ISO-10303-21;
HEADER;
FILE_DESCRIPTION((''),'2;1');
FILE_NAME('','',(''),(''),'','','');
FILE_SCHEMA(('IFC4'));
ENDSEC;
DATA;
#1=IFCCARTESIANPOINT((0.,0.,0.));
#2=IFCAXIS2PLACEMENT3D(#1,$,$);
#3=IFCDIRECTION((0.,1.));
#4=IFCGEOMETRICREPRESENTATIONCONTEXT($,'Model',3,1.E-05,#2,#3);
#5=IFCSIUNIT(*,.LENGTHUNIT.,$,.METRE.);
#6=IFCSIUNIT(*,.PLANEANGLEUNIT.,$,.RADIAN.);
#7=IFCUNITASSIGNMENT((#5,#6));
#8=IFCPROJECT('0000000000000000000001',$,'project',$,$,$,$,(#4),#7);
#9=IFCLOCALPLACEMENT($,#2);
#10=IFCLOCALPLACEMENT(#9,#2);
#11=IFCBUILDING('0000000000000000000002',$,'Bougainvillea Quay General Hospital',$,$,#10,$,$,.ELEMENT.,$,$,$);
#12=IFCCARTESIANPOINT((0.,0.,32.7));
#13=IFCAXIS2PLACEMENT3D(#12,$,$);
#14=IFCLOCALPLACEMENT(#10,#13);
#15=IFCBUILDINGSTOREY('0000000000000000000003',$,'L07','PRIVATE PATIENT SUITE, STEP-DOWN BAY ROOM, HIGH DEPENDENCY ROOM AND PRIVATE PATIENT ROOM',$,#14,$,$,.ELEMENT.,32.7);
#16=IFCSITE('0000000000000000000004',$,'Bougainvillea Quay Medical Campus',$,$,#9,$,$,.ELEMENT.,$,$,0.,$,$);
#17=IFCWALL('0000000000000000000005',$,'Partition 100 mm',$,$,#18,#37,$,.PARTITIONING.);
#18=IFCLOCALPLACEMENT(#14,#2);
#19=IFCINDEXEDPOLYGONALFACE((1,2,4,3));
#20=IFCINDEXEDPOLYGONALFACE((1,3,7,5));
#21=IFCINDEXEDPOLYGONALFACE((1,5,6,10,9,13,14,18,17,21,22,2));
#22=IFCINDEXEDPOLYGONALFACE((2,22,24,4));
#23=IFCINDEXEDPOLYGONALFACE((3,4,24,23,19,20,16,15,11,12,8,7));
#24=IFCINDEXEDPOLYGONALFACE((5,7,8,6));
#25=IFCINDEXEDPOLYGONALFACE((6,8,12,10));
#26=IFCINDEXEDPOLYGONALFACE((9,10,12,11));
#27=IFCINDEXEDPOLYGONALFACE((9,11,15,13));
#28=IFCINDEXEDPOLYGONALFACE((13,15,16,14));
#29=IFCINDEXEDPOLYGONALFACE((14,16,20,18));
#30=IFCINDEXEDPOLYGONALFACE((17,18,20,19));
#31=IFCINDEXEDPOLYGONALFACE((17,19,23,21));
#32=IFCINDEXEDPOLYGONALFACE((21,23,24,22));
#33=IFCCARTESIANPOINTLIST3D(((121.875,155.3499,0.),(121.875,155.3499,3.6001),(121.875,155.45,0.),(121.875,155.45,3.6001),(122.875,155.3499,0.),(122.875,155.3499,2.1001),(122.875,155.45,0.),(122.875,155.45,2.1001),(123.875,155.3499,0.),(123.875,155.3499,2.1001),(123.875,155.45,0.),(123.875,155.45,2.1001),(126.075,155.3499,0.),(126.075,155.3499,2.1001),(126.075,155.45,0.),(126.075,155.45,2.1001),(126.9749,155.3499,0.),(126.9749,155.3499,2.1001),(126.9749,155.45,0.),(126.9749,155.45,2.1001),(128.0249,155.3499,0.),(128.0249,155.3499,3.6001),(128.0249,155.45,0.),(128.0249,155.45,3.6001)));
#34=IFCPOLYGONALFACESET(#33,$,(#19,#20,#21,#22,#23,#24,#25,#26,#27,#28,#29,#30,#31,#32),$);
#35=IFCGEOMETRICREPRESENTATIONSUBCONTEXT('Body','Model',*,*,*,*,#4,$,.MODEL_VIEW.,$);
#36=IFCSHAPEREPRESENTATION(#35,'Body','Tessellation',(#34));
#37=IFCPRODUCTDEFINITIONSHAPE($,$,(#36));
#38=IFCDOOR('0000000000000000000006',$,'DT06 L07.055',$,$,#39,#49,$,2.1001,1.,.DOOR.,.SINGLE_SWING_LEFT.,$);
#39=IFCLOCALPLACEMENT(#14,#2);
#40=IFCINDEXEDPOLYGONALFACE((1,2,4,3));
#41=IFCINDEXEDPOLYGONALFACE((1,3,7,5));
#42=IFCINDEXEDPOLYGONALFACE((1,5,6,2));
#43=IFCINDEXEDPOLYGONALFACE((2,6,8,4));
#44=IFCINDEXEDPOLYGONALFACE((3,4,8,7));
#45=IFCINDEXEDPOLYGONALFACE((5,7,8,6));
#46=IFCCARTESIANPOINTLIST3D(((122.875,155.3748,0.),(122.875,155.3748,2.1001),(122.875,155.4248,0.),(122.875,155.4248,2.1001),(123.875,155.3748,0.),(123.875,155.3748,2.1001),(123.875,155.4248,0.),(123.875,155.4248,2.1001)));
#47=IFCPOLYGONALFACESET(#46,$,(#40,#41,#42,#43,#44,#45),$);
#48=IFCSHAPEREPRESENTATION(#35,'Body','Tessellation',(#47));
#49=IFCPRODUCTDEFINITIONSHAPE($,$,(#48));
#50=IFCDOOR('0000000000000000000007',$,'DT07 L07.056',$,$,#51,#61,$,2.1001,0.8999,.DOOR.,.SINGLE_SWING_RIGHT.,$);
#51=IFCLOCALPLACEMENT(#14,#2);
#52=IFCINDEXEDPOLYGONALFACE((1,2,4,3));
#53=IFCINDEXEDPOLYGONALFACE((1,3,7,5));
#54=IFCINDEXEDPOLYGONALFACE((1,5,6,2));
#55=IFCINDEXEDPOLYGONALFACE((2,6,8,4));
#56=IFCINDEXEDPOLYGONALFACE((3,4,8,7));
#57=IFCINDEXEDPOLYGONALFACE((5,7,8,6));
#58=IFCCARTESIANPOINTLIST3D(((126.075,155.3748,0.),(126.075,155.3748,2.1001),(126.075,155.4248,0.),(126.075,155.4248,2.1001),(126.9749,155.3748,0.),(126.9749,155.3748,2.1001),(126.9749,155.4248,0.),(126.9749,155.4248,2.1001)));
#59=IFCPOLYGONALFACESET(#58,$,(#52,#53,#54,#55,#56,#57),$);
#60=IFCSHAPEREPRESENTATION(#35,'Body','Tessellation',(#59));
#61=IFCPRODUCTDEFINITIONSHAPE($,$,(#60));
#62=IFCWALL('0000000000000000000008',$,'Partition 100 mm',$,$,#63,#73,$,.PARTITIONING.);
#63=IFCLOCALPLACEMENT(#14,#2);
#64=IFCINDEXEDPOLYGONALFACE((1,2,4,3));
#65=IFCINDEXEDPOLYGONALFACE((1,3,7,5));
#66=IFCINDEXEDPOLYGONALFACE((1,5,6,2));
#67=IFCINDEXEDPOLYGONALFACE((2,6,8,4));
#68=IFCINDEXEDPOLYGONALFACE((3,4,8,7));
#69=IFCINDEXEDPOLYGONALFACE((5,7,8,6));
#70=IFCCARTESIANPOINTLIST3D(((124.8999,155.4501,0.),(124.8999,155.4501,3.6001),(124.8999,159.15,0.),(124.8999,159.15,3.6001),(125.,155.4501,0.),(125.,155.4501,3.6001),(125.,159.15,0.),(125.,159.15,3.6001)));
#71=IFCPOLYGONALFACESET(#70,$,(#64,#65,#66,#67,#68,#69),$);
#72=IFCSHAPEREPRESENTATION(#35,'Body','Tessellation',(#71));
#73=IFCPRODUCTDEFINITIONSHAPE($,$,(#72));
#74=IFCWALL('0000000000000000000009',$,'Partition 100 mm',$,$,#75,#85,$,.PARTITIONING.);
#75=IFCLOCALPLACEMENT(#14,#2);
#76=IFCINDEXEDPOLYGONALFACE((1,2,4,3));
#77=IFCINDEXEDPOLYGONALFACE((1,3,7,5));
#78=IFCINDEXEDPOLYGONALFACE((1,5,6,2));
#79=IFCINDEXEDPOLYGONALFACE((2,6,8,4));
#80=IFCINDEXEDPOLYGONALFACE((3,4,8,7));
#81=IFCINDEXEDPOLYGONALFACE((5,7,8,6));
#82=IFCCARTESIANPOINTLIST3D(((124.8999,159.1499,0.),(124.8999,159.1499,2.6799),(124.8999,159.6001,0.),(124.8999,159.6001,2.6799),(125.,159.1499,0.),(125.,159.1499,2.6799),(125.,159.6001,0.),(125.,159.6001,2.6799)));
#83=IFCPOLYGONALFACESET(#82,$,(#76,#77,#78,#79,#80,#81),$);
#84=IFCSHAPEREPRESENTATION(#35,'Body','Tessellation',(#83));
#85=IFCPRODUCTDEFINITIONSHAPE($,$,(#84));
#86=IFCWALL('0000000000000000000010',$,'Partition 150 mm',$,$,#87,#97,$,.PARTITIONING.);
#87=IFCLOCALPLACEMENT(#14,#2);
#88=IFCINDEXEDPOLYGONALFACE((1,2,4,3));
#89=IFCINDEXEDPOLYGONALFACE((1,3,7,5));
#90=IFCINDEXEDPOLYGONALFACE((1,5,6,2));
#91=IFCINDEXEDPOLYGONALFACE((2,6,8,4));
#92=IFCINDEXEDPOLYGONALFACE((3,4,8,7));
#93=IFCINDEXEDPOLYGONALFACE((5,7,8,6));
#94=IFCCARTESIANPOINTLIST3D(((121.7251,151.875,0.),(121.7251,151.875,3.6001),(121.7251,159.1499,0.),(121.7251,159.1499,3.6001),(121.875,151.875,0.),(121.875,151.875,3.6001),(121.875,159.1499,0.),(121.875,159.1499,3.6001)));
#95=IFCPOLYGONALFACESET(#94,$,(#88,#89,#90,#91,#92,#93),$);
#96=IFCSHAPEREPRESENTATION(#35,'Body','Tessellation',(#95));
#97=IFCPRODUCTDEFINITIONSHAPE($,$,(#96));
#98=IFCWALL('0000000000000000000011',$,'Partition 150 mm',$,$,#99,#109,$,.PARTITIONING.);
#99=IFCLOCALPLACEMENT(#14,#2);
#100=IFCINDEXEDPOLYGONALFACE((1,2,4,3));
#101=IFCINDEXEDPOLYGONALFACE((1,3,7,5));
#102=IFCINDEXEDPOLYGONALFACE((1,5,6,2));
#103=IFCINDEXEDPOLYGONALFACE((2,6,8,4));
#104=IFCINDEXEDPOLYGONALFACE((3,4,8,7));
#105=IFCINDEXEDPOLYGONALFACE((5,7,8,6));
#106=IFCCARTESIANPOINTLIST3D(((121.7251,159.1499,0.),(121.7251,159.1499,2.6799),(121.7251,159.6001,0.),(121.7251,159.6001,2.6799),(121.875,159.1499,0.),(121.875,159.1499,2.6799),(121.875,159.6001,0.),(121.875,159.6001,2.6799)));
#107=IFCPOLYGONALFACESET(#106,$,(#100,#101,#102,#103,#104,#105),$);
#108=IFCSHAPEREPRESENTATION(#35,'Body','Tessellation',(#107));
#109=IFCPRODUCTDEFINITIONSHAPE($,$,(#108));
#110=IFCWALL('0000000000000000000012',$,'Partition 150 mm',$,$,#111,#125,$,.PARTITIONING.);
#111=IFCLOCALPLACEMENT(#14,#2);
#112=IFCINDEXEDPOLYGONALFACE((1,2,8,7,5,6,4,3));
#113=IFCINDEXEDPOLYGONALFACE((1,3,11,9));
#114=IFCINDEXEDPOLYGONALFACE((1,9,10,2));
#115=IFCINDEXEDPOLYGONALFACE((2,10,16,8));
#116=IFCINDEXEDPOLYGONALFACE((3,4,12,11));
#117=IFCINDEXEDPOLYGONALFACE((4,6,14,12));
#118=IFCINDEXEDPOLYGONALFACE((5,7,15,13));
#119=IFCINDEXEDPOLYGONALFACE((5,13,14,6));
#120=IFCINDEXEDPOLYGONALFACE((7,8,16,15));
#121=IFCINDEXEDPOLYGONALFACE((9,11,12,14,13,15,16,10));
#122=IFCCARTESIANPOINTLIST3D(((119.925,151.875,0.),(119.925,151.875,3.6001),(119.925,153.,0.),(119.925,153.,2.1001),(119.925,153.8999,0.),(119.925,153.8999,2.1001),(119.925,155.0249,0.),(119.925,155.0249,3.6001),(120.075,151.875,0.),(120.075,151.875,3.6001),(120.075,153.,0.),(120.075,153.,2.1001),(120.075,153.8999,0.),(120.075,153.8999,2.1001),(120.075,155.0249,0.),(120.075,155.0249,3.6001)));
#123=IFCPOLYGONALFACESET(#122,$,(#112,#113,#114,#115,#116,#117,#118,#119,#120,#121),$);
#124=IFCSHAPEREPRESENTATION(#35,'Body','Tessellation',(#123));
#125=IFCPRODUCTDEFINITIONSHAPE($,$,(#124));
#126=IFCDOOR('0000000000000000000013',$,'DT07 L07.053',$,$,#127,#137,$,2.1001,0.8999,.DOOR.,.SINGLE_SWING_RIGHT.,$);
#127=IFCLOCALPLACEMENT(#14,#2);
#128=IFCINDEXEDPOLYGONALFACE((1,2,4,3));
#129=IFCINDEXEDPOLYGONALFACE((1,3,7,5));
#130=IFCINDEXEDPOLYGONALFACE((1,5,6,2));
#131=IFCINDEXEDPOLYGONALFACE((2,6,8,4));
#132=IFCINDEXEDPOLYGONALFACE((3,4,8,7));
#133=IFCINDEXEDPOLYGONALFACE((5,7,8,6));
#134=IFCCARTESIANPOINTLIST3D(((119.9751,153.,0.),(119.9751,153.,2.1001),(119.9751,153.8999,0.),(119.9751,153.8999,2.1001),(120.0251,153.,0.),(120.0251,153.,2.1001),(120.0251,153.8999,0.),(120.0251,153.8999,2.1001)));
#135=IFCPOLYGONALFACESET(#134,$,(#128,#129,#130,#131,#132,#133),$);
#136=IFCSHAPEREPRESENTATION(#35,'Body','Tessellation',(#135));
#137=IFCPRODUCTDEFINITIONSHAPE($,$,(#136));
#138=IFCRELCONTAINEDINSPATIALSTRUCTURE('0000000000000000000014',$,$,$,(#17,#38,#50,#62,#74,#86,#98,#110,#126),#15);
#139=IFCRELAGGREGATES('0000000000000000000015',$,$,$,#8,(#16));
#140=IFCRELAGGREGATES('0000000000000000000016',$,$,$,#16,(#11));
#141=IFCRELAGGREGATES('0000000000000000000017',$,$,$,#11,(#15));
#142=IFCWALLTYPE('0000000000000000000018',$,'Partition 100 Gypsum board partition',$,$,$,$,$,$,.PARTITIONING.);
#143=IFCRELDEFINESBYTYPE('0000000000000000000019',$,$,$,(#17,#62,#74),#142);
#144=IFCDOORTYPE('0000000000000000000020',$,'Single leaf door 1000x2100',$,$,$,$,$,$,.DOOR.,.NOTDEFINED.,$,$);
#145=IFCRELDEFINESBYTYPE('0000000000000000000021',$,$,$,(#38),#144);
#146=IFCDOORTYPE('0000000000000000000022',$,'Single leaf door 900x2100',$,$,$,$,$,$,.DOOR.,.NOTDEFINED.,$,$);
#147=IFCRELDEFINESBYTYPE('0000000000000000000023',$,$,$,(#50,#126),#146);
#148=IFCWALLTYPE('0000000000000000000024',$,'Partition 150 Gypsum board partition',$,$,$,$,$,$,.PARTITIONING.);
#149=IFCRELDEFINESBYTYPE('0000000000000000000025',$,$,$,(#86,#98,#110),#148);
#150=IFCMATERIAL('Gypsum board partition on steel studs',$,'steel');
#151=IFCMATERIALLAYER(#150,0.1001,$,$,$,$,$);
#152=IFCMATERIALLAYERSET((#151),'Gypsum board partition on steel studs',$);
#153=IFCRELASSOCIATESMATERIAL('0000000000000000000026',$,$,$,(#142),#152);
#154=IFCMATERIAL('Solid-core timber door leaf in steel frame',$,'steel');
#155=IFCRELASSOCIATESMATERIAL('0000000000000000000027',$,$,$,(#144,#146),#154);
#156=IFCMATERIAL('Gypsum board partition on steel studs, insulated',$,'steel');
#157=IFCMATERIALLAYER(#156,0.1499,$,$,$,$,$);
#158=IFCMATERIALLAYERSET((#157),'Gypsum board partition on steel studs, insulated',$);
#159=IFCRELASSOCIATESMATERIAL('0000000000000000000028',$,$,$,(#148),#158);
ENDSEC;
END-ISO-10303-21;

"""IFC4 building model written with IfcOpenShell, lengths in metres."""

from ifc_helpers import new_model, si_unit, direction, frame, frame_2d, origin, place, context, subcontext, project, spatial, rectangle, extrude, material, layer, layer_set, type_object, element, fill, save


model = new_model("IFC4")

# Units and contexts
model_context = context("Model", 3, precision=1e-05, world=origin(), true_north=direction((0.0, 1.0)))
body_context = subcontext(model_context, "Body", "Model", "MODEL_VIEW")
ifc_project = project(units=[si_unit("LENGTHUNIT", "METRE"), si_unit("PLANEANGLEUNIT", "RADIAN")], contexts=[model_context])

# Site, building, storey
site_placement = place(None, origin())
site = spatial("IfcSite", under=ifc_project, at=site_placement, Name="Bougainvillea Quay Medical Campus", CompositionType="ELEMENT", RefElevation=0.0)
building_placement = place(site_placement, origin())
building = spatial("IfcBuilding", under=site, at=building_placement, Name="Bougainvillea Quay General Hospital", CompositionType="ELEMENT")
storey_placement = place(building_placement, frame((0.0, 0.0, 32.7)))
storey = spatial("IfcBuildingStorey", under=building, at=storey_placement, Name="L07", Description="PRIVATE PATIENT SUITE, STEP-DOWN BAY ROOM, HIGH DEPENDENCY ROOM AND PRIVATE PATIENT ROOM", CompositionType="ELEMENT", Elevation=32.7)

# Wall, openings, doors
ifc_material_1 = material(Name="Gypsum board partition on steel studs", Category="steel")
ifc_layer_1 = layer(ifc_material_1, 0.1001)
ifc_layer_set_1 = layer_set([ifc_layer_1], Name="Gypsum board partition on steel studs")
wall_type_1 = type_object("IfcWallType", Name="Partition 100 Gypsum board partition", PredefinedType="PARTITIONING", material=ifc_layer_set_1)
wall_1_placement = place(storey_placement, frame((121.875, 155.3999, 0.0), z_axis=(0.0, 0.0, 1.0), x_axis=(1.0, 0.0, 0.0)))
wall_1 = element("IfcWall", 1, at=wall_1_placement, inside=storey, type_object=wall_type_1, Name="Partition 100 mm", PredefinedType="PARTITIONING", context=body_context, shape_type="SweptSolid", body=[
    extrude(rectangle(XDim=6.1499, YDim=0.1001, at=frame_2d((3.075, 0.0))), origin(), (0.0, 0.0, 1.0), 3.6001),
])
opening_1_placement = place(wall_1_placement, frame((1.0, 0.0, 0.0)))
opening_1 = element("IfcOpeningElement", 2, at=opening_1_placement, cuts=wall_1, PredefinedType="OPENING", context=body_context, shape_type="SweptSolid", body=[
    extrude(rectangle(XDim=1.0, YDim=2.1001, at=frame_2d((0.5, 1.05))), frame((0.0, 0.0601, 0.0), z_axis=(0.0, -1.0, 0.0), x_axis=(1.0, 0.0, 0.0)), (0.0, 0.0, 1.0), 0.1201),
])
opening_2_placement = place(wall_1_placement, frame((4.2, 0.0, 0.0)))
opening_2 = element("IfcOpeningElement", 3, at=opening_2_placement, cuts=wall_1, PredefinedType="OPENING", context=body_context, shape_type="SweptSolid", body=[
    extrude(rectangle(XDim=0.8999, YDim=2.1001, at=frame_2d((0.45, 1.05))), frame((0.0, 0.0601, 0.0), z_axis=(0.0, -1.0, 0.0), x_axis=(1.0, 0.0, 0.0)), (0.0, 0.0, 1.0), 0.1201),
])
ifc_material_2 = material(Name="Solid-core timber door leaf in steel frame", Category="steel")
door_type_1 = type_object("IfcDoorType", Name="Single leaf door 1000x2100", OperationType="NOTDEFINED", PredefinedType="DOOR", material=ifc_material_2)
door_1_placement = place(opening_1_placement, origin())
door_1 = element("IfcDoor", 4, at=door_1_placement, inside=storey, type_object=door_type_1, Name="DT06 L07.055", OperationType="SINGLE_SWING_LEFT", OverallHeight=2.1001, OverallWidth=1.0, PredefinedType="DOOR", context=body_context, shape_type="SweptSolid", body=[
    extrude(rectangle(XDim=1.0, YDim=2.1001, at=frame_2d((0.5, 1.05))), frame((0.0, 0.0249, 0.0), z_axis=(0.0, -1.0, 0.0), x_axis=(1.0, 0.0, 0.0)), (0.0, 0.0, 1.0), 0.05),
])
fill(opening_1, door_1)
door_type_2 = type_object("IfcDoorType", Name="Single leaf door 900x2100", OperationType="NOTDEFINED", PredefinedType="DOOR", material=ifc_material_2)
door_2_placement = place(opening_2_placement, origin())
door_2 = element("IfcDoor", 5, at=door_2_placement, inside=storey, type_object=door_type_2, Name="DT07 L07.056", OperationType="SINGLE_SWING_RIGHT", OverallHeight=2.1001, OverallWidth=0.8999, PredefinedType="DOOR", context=body_context, shape_type="SweptSolid", body=[
    extrude(rectangle(XDim=0.8999, YDim=2.1001, at=frame_2d((0.45, 1.05))), frame((0.0, 0.0249, 0.0), z_axis=(0.0, -1.0, 0.0), x_axis=(1.0, 0.0, 0.0)), (0.0, 0.0, 1.0), 0.05),
])
fill(opening_2, door_2)

# Walls
wall_2_placement = place(storey_placement, frame((124.95, 155.45, 0.0), z_axis=(0.0, 0.0, 1.0), x_axis=(0.0, 1.0, 0.0)))
element("IfcWall", 6, at=wall_2_placement, inside=storey, type_object=wall_type_1, Name="Partition 100 mm", PredefinedType="PARTITIONING", context=body_context, shape_type="SweptSolid", body=[
    extrude(rectangle(XDim=3.7, YDim=0.1001, at=frame_2d((1.8501, 0.0))), origin(), (0.0, 0.0, 1.0), 3.6001),
])
wall_3_placement = place(storey_placement, frame((124.95, 159.1499, 0.0), z_axis=(0.0, 0.0, 1.0), x_axis=(0.0, 1.0, 0.0)))
element("IfcWall", 7, at=wall_3_placement, inside=storey, type_object=wall_type_1, Name="Partition 100 mm", PredefinedType="PARTITIONING", context=body_context, shape_type="SweptSolid", body=[
    extrude(rectangle(XDim=0.4502, YDim=0.1001, at=frame_2d((0.2251, 0.0))), origin(), (0.0, 0.0, 1.0), 2.6799),
])
ifc_material_3 = material(Name="Gypsum board partition on steel studs, insulated", Category="steel")
ifc_layer_2 = layer(ifc_material_3, 0.1499)
ifc_layer_set_2 = layer_set([ifc_layer_2], Name="Gypsum board partition on steel studs, insulated")
wall_type_2 = type_object("IfcWallType", Name="Partition 150 Gypsum board partition", PredefinedType="PARTITIONING", material=ifc_layer_set_2)
wall_4_placement = place(storey_placement, frame((121.8, 151.875, 0.0), z_axis=(0.0, 0.0, 1.0), x_axis=(0.0, 1.0, 0.0)))
element("IfcWall", 8, at=wall_4_placement, inside=storey, type_object=wall_type_2, Name="Partition 150 mm", PredefinedType="PARTITIONING", context=body_context, shape_type="SweptSolid", body=[
    extrude(rectangle(XDim=7.2749, YDim=0.1499, at=frame_2d((3.6375, 0.0))), origin(), (0.0, 0.0, 1.0), 3.6001),
])
wall_5_placement = place(storey_placement, frame((121.8, 159.1499, 0.0), z_axis=(0.0, 0.0, 1.0), x_axis=(0.0, 1.0, 0.0)))
element("IfcWall", 9, at=wall_5_placement, inside=storey, type_object=wall_type_2, Name="Partition 150 mm", PredefinedType="PARTITIONING", context=body_context, shape_type="SweptSolid", body=[
    extrude(rectangle(XDim=0.4502, YDim=0.1499, at=frame_2d((0.2251, 0.0))), origin(), (0.0, 0.0, 1.0), 2.6799),
])

# Wall, opening, door
wall_6_placement = place(storey_placement, frame((120.0, 151.875, 0.0), z_axis=(0.0, 0.0, 1.0), x_axis=(0.0, 1.0, 0.0)))
wall_6 = element("IfcWall", 10, at=wall_6_placement, inside=storey, type_object=wall_type_2, Name="Partition 150 mm", PredefinedType="PARTITIONING", context=body_context, shape_type="SweptSolid", body=[
    extrude(rectangle(XDim=3.1499, YDim=0.1499, at=frame_2d((1.575, 0.0))), origin(), (0.0, 0.0, 1.0), 3.6001),
])
opening_3_placement = place(wall_6_placement, frame((1.125, 0.0, 0.0)))
opening_3 = element("IfcOpeningElement", 11, at=opening_3_placement, cuts=wall_6, PredefinedType="OPENING", context=body_context, shape_type="SweptSolid", body=[
    extrude(rectangle(XDim=0.8999, YDim=2.1001, at=frame_2d((0.45, 1.05))), frame((0.0, 0.085, 0.0), z_axis=(0.0, -1.0, 0.0), x_axis=(1.0, 0.0, 0.0)), (0.0, 0.0, 1.0), 0.1699),
])
door_3_placement = place(opening_3_placement, origin())
door_3 = element("IfcDoor", 12, at=door_3_placement, inside=storey, type_object=door_type_2, Name="DT07 L07.053", OperationType="SINGLE_SWING_RIGHT", OverallHeight=2.1001, OverallWidth=0.8999, PredefinedType="DOOR", context=body_context, shape_type="SweptSolid", body=[
    extrude(rectangle(XDim=0.8999, YDim=2.1001, at=frame_2d((0.45, 1.05))), frame((0.0, 0.0249, 0.0), z_axis=(0.0, -1.0, 0.0), x_axis=(1.0, 0.0, 0.0)), (0.0, 0.0, 1.0), 0.05),
])
fill(opening_3, door_3)

save(model, "model.ifc")
